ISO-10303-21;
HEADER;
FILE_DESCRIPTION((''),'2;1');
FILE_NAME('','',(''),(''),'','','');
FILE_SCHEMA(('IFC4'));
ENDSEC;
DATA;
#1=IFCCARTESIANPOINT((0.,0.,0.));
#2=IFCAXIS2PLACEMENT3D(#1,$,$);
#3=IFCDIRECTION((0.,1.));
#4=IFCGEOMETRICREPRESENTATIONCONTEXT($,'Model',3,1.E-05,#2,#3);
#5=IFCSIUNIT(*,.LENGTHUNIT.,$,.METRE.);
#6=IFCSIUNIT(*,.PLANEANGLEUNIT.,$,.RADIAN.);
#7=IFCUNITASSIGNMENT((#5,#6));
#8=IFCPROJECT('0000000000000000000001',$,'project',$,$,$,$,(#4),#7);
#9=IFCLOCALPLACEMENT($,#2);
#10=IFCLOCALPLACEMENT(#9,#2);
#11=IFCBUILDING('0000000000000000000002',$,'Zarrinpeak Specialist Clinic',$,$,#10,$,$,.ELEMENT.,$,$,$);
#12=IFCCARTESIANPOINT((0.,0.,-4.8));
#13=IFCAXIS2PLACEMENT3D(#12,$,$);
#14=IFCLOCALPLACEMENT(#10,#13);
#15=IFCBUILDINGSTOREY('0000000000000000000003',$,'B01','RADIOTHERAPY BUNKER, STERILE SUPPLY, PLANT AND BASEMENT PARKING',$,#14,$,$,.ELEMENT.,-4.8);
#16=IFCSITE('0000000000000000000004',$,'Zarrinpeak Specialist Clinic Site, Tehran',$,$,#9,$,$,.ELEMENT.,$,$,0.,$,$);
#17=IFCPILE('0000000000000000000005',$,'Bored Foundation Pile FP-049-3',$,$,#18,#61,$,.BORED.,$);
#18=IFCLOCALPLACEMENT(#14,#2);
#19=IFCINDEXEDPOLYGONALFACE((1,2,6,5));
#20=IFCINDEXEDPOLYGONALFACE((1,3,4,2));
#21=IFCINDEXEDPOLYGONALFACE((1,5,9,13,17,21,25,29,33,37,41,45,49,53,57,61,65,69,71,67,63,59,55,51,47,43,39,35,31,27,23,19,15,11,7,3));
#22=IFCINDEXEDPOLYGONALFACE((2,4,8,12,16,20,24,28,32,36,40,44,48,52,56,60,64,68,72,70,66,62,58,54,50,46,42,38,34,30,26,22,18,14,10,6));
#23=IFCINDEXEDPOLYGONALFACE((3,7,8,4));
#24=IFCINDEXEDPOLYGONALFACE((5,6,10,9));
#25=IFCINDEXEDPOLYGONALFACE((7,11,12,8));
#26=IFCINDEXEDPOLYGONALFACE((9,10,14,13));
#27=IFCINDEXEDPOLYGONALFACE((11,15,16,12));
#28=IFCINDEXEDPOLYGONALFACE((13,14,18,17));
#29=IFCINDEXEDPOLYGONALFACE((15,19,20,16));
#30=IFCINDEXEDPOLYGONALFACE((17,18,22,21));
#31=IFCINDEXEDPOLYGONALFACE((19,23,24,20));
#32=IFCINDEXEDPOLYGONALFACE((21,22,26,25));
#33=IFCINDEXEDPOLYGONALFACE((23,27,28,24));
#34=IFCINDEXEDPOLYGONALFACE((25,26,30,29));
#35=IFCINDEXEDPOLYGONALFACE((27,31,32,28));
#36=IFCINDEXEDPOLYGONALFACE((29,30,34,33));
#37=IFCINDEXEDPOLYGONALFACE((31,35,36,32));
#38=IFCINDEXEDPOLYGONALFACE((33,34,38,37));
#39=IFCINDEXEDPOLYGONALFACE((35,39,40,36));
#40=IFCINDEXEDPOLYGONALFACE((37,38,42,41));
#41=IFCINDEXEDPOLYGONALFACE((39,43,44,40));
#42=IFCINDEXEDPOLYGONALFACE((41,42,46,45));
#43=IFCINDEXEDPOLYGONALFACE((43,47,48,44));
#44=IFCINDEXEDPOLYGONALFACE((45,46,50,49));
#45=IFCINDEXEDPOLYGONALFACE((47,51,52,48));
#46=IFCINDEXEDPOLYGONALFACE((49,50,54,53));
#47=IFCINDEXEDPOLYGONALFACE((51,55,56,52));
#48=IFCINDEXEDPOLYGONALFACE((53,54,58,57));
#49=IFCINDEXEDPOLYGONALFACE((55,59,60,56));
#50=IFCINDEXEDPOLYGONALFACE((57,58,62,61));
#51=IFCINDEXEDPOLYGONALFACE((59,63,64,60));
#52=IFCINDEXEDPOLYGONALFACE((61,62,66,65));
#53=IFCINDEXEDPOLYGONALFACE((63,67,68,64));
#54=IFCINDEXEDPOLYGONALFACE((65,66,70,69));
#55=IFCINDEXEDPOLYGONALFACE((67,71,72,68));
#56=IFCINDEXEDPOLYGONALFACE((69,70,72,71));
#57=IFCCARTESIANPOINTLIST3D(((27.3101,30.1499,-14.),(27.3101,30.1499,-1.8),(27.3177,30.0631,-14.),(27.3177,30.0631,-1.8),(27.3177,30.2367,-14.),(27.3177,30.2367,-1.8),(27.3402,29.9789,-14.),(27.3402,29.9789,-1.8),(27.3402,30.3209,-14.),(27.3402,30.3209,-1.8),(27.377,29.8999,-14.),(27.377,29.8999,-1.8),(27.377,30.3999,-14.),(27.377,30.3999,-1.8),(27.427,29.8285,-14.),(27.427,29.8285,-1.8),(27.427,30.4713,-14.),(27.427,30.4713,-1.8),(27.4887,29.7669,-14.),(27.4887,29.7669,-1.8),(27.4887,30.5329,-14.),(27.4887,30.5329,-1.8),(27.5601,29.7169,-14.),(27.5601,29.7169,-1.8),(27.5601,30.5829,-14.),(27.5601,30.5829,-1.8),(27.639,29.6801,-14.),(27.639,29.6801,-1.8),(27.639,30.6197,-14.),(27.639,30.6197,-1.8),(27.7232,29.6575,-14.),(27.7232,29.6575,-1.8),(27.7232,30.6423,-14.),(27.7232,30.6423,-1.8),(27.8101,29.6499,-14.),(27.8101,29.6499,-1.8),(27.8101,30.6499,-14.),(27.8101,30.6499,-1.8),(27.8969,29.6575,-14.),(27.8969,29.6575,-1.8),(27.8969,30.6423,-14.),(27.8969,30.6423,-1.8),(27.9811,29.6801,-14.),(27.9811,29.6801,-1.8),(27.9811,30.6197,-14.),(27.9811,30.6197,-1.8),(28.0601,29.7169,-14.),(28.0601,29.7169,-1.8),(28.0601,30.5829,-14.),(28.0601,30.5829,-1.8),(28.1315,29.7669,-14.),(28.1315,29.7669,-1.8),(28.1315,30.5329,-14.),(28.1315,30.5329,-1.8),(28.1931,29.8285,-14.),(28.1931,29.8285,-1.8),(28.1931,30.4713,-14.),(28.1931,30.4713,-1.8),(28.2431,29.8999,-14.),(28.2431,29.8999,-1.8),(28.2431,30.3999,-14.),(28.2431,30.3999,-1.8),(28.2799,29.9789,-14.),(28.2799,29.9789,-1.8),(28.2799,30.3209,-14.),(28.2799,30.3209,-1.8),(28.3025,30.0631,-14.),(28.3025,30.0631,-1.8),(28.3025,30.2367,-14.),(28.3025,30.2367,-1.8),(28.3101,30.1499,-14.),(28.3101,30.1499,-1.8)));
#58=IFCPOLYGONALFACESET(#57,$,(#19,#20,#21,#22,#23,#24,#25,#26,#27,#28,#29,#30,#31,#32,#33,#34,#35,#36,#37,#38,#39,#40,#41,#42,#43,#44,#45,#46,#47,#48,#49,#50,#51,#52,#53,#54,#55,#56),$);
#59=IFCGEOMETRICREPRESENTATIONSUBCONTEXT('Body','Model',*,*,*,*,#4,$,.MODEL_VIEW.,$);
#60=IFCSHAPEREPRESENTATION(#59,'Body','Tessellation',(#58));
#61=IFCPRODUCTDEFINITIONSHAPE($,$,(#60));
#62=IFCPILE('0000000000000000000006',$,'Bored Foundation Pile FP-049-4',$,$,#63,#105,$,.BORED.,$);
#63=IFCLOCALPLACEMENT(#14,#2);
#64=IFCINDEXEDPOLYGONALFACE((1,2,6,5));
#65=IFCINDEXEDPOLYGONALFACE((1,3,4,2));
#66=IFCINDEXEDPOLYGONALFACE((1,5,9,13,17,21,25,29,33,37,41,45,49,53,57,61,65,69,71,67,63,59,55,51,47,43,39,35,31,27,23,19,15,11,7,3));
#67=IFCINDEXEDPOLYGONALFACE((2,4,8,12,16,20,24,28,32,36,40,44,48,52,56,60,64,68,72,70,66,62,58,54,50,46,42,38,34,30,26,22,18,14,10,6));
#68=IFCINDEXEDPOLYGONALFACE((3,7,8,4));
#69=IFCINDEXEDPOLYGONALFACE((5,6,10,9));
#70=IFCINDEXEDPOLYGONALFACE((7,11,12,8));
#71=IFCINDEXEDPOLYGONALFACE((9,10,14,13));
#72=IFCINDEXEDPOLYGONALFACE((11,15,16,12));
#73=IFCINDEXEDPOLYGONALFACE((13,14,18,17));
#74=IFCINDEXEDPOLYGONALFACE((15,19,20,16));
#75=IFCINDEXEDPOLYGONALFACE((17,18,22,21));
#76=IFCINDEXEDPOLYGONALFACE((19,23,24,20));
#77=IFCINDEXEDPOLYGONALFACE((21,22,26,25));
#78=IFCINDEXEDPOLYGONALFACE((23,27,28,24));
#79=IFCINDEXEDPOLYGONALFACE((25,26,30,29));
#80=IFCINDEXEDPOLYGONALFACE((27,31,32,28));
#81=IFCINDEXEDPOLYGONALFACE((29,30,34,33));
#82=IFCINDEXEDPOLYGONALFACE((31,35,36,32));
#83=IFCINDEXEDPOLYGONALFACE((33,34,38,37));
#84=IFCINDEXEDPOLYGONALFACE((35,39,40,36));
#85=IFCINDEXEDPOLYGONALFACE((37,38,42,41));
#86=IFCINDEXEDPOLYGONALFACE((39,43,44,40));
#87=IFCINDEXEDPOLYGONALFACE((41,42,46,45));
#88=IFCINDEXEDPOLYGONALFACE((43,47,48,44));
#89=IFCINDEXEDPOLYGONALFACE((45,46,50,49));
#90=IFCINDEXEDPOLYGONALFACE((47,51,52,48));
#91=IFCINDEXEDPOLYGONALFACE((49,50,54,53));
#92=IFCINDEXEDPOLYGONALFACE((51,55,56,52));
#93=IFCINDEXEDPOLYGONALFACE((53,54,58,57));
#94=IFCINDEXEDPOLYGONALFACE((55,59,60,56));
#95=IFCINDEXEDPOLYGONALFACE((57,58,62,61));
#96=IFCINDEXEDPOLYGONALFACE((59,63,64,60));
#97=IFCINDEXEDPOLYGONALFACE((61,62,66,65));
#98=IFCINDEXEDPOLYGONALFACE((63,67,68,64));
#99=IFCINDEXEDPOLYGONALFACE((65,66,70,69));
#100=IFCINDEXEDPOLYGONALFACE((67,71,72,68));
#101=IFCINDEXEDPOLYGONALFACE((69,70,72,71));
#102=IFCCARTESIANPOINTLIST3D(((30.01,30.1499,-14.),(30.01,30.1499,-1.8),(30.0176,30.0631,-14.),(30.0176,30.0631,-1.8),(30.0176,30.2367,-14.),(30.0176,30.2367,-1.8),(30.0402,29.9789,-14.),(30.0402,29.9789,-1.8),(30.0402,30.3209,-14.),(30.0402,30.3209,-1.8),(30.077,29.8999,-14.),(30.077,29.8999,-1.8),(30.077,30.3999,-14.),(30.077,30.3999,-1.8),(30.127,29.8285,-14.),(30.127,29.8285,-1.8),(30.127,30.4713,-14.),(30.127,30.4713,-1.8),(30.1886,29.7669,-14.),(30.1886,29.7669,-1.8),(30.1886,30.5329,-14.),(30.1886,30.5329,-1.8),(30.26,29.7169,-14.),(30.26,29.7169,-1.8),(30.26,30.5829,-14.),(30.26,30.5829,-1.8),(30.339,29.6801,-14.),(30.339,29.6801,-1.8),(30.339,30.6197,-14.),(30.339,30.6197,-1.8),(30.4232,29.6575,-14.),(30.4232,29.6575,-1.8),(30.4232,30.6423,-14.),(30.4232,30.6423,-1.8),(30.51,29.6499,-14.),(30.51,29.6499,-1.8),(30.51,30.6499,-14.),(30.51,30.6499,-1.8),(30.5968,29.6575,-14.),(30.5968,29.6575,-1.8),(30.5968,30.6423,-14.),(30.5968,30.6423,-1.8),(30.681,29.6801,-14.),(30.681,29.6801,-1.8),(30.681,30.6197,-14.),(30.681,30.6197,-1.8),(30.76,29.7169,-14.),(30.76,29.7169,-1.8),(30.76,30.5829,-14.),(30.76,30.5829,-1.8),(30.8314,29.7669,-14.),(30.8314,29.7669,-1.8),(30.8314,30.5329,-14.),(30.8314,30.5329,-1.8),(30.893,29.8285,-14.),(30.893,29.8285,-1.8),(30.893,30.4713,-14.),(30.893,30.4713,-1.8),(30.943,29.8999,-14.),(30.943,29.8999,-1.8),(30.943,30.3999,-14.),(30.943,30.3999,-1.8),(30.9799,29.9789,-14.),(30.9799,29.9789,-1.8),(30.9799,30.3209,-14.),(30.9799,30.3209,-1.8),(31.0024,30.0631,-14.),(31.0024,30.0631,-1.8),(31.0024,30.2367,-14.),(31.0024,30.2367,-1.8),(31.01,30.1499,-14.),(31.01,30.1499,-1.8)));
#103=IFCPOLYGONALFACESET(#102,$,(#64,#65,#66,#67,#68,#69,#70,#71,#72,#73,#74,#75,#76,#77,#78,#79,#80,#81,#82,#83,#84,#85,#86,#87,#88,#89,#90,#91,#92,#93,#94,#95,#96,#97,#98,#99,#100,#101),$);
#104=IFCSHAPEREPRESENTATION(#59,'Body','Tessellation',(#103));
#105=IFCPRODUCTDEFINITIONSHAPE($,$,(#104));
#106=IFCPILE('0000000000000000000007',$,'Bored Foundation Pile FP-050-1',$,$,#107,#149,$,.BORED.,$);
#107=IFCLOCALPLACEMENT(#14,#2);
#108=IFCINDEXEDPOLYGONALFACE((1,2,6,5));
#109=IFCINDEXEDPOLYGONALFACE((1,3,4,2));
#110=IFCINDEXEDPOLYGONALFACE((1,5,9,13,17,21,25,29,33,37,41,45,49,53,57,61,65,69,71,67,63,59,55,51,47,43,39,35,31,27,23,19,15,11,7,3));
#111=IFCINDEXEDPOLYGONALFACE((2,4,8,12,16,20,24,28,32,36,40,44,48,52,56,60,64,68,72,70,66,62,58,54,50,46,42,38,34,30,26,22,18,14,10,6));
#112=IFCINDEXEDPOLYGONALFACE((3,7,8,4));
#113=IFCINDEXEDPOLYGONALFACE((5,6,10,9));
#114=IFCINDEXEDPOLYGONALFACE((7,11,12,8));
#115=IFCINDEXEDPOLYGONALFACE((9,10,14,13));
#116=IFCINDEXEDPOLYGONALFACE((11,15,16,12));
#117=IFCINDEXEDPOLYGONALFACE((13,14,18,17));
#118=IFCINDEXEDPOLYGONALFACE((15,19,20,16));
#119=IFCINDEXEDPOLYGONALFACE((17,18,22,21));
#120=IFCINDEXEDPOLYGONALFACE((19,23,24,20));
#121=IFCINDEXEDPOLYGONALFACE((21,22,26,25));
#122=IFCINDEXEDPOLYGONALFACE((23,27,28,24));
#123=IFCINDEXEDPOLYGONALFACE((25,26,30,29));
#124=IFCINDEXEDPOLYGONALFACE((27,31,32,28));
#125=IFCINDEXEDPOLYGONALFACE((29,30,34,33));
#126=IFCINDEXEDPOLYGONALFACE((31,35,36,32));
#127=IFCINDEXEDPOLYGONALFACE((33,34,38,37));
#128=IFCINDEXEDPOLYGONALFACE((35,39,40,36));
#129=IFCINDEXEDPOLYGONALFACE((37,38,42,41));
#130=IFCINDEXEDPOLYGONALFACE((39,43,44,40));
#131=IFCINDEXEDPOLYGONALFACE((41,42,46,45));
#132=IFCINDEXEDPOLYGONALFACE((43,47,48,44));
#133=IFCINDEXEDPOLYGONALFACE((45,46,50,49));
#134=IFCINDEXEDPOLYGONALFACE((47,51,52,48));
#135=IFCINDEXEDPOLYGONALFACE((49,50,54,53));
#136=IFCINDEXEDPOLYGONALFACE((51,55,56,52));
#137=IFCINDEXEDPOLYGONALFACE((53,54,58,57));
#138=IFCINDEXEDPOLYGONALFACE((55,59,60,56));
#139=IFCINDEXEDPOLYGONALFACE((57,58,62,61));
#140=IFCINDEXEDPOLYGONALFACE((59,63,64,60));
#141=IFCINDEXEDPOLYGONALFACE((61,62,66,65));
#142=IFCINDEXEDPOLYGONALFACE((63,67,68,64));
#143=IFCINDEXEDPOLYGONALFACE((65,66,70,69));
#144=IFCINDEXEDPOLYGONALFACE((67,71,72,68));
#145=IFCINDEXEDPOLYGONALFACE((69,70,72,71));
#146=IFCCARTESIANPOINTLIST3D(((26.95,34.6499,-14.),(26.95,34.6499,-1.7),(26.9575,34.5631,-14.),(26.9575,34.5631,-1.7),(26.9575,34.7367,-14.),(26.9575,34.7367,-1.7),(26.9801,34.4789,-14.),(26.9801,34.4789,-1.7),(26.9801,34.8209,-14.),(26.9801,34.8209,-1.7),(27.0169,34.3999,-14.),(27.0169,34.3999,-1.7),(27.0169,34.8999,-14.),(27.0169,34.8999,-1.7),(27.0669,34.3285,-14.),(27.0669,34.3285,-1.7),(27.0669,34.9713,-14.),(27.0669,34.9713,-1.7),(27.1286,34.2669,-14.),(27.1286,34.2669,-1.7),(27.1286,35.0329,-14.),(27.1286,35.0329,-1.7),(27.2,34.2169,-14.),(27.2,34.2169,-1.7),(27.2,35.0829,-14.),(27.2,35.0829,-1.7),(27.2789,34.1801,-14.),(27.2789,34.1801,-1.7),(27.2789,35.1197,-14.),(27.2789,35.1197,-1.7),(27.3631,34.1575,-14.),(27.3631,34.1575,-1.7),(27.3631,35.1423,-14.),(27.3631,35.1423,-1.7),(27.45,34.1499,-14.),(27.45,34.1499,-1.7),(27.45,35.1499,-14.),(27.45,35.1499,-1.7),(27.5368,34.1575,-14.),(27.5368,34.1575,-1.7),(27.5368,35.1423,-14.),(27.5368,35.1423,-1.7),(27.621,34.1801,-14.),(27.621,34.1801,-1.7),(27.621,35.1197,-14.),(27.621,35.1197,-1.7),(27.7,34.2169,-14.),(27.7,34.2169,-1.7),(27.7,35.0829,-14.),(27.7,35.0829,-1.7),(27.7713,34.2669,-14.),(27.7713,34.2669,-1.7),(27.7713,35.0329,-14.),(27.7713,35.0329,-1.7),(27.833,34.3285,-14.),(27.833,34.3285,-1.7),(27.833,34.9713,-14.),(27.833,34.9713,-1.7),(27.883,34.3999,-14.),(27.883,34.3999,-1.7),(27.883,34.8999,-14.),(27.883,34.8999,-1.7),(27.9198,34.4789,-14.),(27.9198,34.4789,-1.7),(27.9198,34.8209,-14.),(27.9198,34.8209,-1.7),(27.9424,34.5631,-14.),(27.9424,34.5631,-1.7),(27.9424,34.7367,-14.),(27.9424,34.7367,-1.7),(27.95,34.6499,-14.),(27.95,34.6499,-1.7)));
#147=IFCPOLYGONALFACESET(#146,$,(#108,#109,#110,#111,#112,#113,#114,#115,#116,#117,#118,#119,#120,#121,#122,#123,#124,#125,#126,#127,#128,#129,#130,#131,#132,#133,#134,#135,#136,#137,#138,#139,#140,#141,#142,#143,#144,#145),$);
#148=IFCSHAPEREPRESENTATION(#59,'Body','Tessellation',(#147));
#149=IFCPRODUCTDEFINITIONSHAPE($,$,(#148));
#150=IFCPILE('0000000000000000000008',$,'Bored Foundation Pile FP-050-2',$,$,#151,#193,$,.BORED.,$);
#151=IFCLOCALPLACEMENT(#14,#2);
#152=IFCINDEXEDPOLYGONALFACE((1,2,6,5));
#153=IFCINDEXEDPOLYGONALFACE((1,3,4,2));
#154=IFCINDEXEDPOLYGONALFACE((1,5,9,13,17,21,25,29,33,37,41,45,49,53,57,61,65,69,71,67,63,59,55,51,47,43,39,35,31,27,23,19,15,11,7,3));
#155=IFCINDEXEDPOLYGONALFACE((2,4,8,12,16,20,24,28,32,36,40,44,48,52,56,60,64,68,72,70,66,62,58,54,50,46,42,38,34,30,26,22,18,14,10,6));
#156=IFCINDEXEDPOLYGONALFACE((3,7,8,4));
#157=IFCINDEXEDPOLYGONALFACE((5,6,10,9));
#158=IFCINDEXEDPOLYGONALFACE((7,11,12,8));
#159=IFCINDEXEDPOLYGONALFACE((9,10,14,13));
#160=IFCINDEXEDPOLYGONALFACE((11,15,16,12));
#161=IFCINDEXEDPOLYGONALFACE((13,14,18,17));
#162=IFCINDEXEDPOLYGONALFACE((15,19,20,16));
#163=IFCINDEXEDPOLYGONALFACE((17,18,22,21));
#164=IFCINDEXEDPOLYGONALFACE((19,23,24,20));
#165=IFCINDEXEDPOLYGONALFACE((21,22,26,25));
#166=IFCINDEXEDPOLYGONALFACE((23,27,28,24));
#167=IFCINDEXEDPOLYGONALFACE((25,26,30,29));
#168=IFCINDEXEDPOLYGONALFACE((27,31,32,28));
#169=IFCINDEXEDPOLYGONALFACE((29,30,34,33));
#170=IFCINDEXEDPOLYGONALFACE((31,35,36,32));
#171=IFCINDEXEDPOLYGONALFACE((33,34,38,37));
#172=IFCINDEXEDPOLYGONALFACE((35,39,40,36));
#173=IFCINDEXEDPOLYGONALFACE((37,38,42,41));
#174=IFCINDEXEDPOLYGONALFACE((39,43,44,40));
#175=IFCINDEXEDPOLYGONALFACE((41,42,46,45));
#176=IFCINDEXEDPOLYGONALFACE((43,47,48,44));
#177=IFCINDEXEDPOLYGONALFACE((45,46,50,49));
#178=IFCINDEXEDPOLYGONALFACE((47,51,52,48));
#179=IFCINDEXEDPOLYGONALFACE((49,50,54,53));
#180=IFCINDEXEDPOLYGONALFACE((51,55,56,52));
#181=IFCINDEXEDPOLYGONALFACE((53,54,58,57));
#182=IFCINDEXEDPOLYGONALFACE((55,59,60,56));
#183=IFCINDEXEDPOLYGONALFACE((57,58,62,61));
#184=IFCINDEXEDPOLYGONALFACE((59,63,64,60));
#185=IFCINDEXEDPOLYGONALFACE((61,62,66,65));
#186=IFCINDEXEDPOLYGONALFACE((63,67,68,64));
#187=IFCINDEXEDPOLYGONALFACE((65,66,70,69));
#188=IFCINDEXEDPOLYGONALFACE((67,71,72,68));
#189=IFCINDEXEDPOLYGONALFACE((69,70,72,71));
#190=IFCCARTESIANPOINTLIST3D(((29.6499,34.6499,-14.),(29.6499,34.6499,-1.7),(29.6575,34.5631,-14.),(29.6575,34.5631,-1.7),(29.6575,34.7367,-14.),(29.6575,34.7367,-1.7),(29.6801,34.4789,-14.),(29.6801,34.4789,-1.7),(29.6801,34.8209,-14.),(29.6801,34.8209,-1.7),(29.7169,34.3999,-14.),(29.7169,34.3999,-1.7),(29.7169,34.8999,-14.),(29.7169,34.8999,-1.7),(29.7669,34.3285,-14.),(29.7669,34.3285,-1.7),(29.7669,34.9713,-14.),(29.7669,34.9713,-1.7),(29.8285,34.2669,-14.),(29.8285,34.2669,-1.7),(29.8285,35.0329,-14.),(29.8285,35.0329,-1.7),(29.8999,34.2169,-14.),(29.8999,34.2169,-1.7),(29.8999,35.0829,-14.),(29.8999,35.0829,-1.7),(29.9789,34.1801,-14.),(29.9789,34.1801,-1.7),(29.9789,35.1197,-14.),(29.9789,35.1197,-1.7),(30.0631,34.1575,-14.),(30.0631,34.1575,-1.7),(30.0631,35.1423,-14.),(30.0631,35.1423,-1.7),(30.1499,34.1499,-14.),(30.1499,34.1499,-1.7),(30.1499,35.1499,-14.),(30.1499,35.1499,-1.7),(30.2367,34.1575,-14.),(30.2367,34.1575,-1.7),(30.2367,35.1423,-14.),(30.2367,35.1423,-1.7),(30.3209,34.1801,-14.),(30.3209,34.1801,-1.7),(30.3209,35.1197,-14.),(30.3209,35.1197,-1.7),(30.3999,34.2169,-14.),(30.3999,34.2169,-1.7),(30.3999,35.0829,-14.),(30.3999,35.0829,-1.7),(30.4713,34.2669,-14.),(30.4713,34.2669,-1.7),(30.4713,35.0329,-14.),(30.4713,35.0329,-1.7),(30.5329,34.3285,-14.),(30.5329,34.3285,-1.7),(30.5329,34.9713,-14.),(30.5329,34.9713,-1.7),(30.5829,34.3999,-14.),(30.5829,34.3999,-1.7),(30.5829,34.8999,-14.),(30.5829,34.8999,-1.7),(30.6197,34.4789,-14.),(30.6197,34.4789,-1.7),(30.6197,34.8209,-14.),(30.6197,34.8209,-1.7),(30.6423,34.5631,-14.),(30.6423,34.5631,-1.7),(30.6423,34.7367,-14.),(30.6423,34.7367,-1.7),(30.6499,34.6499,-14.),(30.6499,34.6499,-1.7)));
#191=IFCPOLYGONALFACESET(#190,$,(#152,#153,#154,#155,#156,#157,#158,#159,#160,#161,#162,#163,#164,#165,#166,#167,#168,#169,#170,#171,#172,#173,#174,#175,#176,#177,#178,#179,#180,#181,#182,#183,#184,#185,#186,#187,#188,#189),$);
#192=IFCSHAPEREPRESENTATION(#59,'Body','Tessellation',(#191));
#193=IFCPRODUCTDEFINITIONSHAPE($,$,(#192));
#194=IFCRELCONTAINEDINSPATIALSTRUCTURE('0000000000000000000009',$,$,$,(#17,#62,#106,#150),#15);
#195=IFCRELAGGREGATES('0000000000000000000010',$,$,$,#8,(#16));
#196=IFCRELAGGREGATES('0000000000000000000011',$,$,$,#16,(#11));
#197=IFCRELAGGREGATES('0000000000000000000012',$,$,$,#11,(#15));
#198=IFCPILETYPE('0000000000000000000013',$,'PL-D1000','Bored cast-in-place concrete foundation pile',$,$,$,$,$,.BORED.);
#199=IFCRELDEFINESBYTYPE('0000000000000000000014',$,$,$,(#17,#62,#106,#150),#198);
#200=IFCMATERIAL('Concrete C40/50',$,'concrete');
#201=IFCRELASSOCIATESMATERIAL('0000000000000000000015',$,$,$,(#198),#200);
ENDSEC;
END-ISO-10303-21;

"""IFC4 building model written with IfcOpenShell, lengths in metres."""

from ifc_helpers import new_model, si_unit, direction, frame, origin, origin_2d, place, context, subcontext, project, spatial, circle, extrude, material, material_profile, profile_set, type_object, element, save


model = new_model("IFC4")

# Units and contexts
model_context = context("Model", 3, precision=1e-05, world=origin(), true_north=direction((0.0, 1.0)))
body_context = subcontext(model_context, "Body", "Model", "MODEL_VIEW")
ifc_project = project(units=[si_unit("LENGTHUNIT", "METRE"), si_unit("PLANEANGLEUNIT", "RADIAN")], contexts=[model_context])

# Site, building, storey
site_placement = place(None, origin())
site = spatial("IfcSite", under=ifc_project, at=site_placement, Name="Zarrinpeak Specialist Clinic Site, Tehran", CompositionType="ELEMENT", RefElevation=0.0)
building_placement = place(site_placement, origin())
building = spatial("IfcBuilding", under=site, at=building_placement, Name="Zarrinpeak Specialist Clinic", CompositionType="ELEMENT")
storey_placement = place(building_placement, frame((0.0, 0.0, -4.8)))
storey = spatial("IfcBuildingStorey", under=building, at=storey_placement, Name="B01", Description="RADIOTHERAPY BUNKER, STERILE SUPPLY, PLANT AND BASEMENT PARKING", CompositionType="ELEMENT", Elevation=-4.8)

# Shared definitions
ifc_material_1 = material(Name="Concrete C40/50", Category="concrete")

# Piles
ifc_material_profile_1 = material_profile(ifc_material_1, circle(Radius=0.5, at=origin_2d()), Name="BORED PILE D1000")
ifc_profile_set_1 = profile_set([ifc_material_profile_1], Name="Concrete C40/50")
pile_type = type_object("IfcPileType", Name="PL-D1000", Description="Bored cast-in-place concrete foundation pile", PredefinedType="BORED", material=ifc_profile_set_1)
for number, where, z_axis, x_axis, name in (
    (1, (27.8101, 30.1499, -1.8), (0.0, 0.0, -1.0), (1.0, 0.0, 0.0), "Bored Foundation Pile FP-049-3"),
    (2, (30.51, 30.1499, -1.8), (0.0, 0.0, -1.0), (1.0, 0.0, 0.0), "Bored Foundation Pile FP-049-4"),
):
    element("IfcPile", number, at=place(storey_placement, frame(where, z_axis=z_axis, x_axis=x_axis)), inside=storey, type_object=pile_type, Name=name, PredefinedType="BORED", context=body_context, shape_type="SweptSolid", body=[
        extrude(circle(Radius=0.5, at=origin_2d()), origin(), (0.0, 0.0, 1.0), 12.2),
    ])
for number, where, z_axis, x_axis, name in (
    (3, (27.45, 34.6499, -1.7), (0.0, 0.0, -1.0), (1.0, 0.0, 0.0), "Bored Foundation Pile FP-050-1"),
    (4, (30.1499, 34.6499, -1.7), (0.0, 0.0, -1.0), (1.0, 0.0, 0.0), "Bored Foundation Pile FP-050-2"),
):
    element("IfcPile", number, at=place(storey_placement, frame(where, z_axis=z_axis, x_axis=x_axis)), inside=storey, type_object=pile_type, Name=name, PredefinedType="BORED", context=body_context, shape_type="SweptSolid", body=[
        extrude(circle(Radius=0.5, at=origin_2d()), origin(), (0.0, 0.0, 1.0), 12.3),
    ])

save(model, "model.ifc")
